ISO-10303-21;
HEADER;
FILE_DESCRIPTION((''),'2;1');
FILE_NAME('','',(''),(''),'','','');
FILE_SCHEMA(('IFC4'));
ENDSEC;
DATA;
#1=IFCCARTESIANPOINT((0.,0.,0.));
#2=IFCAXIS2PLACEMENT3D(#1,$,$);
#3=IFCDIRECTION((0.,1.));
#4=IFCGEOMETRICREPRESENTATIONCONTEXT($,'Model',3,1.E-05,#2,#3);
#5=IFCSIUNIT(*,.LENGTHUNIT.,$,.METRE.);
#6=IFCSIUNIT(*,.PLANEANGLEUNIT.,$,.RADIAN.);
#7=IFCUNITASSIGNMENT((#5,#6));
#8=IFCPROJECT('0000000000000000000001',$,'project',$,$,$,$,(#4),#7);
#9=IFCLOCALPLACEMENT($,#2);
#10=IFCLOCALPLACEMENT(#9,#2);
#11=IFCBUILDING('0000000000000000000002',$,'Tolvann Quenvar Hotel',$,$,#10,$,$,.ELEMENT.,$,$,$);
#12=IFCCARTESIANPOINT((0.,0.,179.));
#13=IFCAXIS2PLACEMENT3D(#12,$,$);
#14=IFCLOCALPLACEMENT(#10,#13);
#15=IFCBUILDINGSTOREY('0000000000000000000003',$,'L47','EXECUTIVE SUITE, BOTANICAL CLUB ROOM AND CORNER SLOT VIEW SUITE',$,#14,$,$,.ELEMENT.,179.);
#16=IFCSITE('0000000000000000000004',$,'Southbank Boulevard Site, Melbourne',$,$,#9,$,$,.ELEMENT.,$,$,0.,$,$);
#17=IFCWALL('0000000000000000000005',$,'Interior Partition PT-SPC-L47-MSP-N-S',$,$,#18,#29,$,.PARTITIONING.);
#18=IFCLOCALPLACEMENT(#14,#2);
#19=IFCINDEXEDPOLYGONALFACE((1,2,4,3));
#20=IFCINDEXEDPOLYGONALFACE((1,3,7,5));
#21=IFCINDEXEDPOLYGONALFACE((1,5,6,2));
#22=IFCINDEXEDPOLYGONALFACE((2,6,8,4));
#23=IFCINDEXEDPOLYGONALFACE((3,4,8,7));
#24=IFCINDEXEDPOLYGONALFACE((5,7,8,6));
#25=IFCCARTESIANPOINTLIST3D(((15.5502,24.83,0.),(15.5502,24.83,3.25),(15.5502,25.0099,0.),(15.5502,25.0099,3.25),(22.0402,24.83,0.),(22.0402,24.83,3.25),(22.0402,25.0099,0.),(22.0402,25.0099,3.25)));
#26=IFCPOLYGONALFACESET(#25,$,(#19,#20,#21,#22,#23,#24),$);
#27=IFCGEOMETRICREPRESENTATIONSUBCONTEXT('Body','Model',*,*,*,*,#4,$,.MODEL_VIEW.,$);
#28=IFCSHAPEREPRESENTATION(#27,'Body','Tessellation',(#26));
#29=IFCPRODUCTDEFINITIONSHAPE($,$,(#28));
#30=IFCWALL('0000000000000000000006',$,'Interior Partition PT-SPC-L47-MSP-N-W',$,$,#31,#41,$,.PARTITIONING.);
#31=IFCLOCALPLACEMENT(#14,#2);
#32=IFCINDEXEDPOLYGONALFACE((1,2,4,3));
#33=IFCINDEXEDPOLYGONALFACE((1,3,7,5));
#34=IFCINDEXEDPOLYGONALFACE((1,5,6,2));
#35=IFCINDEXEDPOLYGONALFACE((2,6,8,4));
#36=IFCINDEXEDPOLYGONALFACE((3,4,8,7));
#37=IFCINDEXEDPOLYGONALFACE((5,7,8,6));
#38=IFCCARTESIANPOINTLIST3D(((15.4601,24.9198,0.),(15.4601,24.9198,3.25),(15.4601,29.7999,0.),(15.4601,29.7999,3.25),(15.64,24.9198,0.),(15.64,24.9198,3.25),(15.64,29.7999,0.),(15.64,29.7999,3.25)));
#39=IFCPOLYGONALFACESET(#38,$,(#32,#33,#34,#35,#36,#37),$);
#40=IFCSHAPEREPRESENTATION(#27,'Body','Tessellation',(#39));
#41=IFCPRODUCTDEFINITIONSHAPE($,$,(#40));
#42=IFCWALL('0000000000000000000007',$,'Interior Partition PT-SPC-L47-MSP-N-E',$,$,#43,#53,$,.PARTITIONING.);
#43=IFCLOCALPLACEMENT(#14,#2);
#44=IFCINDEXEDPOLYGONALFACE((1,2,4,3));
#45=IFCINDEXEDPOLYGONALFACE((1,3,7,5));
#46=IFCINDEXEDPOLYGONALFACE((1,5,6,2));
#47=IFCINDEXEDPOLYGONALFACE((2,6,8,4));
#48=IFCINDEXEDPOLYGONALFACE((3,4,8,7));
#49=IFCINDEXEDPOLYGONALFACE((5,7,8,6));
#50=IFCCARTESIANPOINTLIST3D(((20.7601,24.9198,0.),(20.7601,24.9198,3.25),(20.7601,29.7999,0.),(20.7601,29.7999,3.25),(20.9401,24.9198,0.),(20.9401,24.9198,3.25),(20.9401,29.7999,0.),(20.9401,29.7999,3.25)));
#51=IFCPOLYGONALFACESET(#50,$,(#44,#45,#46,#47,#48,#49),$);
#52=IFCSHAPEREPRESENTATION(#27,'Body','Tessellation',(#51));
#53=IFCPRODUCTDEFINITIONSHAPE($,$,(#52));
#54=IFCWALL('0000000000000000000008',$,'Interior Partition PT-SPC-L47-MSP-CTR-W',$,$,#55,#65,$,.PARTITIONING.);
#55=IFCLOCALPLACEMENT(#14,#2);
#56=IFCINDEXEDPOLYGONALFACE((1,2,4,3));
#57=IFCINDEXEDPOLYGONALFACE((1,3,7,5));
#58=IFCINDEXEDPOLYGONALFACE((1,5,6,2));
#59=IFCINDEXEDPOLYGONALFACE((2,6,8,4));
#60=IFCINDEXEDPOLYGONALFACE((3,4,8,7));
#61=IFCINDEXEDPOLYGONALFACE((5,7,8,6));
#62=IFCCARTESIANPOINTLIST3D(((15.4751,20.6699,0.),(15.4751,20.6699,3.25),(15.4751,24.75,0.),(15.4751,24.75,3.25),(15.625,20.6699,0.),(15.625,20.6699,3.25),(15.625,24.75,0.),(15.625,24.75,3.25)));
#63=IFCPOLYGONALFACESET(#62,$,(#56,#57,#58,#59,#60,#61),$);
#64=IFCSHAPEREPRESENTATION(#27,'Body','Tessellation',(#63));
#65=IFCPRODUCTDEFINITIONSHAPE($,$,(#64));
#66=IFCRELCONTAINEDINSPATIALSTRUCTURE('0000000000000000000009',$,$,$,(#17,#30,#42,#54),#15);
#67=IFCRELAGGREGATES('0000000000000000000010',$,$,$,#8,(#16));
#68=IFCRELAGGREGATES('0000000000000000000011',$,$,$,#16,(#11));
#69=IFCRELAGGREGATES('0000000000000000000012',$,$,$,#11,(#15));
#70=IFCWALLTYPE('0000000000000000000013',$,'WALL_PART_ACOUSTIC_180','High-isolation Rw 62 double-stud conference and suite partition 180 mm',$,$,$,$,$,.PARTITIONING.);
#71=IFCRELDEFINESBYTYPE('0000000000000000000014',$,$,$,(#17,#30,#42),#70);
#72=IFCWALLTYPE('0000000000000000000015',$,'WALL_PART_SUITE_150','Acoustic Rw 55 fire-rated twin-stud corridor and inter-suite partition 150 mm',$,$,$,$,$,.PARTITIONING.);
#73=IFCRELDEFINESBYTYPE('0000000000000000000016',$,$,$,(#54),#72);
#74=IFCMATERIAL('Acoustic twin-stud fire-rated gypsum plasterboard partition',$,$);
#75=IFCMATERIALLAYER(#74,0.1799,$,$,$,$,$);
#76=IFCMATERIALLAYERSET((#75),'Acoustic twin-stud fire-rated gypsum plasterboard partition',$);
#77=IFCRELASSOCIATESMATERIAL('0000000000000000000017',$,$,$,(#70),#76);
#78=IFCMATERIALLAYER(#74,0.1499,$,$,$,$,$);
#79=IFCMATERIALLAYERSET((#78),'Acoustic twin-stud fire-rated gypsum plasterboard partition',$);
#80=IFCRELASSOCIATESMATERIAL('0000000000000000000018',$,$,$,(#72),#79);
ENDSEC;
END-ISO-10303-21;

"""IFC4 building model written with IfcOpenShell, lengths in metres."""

from ifc_helpers import new_model, si_unit, direction, frame, frame_2d, origin, place, context, subcontext, project, spatial, rectangle, extrude, material, layer, layer_set, type_object, element, save


model = new_model("IFC4")

# Units and contexts
model_context = context("Model", 3, precision=1e-05, world=origin(), true_north=direction((0.0, 1.0)))
body_context = subcontext(model_context, "Body", "Model", "MODEL_VIEW")
ifc_project = project(units=[si_unit("LENGTHUNIT", "METRE"), si_unit("PLANEANGLEUNIT", "RADIAN")], contexts=[model_context])

# Site, building, storey
site_placement = place(None, origin())
site = spatial("IfcSite", under=ifc_project, at=site_placement, Name="Southbank Boulevard Site, Melbourne", CompositionType="ELEMENT", RefElevation=0.0)
building_placement = place(site_placement, origin())
building = spatial("IfcBuilding", under=site, at=building_placement, Name="Tolvann Quenvar Hotel", CompositionType="ELEMENT")
storey_placement = place(building_placement, frame((0.0, 0.0, 179.0)))
storey = spatial("IfcBuildingStorey", under=building, at=storey_placement, Name="L47", Description="EXECUTIVE SUITE, BOTANICAL CLUB ROOM AND CORNER SLOT VIEW SUITE", CompositionType="ELEMENT", Elevation=179.0)

# Wall
ifc_material_1 = material(Name="Acoustic twin-stud fire-rated gypsum plasterboard partition")
ifc_layer_1 = layer(ifc_material_1, 0.1799)
ifc_layer_set_1 = layer_set([ifc_layer_1], Name="Acoustic twin-stud fire-rated gypsum plasterboard partition")
wall_type_1 = type_object("IfcWallType", Name="WALL_PART_ACOUSTIC_180", Description="High-isolation Rw 62 double-stud conference and suite partition 180 mm", PredefinedType="PARTITIONING", material=ifc_layer_set_1)
wall_1_placement = place(storey_placement, frame((15.55, 24.9199, 0.0), z_axis=(0.0, 0.0, 1.0), x_axis=(1.0, 0.0, 0.0)))
element("IfcWall", 1, at=wall_1_placement, inside=storey, type_object=wall_type_1, Name="Interior Partition PT-SPC-L47-MSP-N-S", PredefinedType="PARTITIONING", context=body_context, shape_type="SweptSolid", body=[
    extrude(rectangle(XDim=6.49, YDim=0.1799, at=frame_2d((3.2451, 0.0))), origin(), (0.0, 0.0, 1.0), 3.25),
])

# Walls
for number, where, z_axis, x_axis, name in (
    (2, (15.55, 24.9199, 0.0), (0.0, 0.0, 1.0), (0.0, 1.0, 0.0), "Interior Partition PT-SPC-L47-MSP-N-W"),
    (3, (20.8501, 24.9199, 0.0), (0.0, 0.0, 1.0), (0.0, 1.0, 0.0), "Interior Partition PT-SPC-L47-MSP-N-E"),
):
    element("IfcWall", number, at=place(storey_placement, frame(where, z_axis=z_axis, x_axis=x_axis)), inside=storey, type_object=wall_type_1, Name=name, PredefinedType="PARTITIONING", context=body_context, shape_type="SweptSolid", body=[
        extrude(rectangle(XDim=4.8801, YDim=0.1799, at=frame_2d((2.4399, 0.0))), origin(), (0.0, 0.0, 1.0), 3.25),
    ])

# Shared definitions
ifc_layer_2 = layer(ifc_material_1, 0.1499)
ifc_layer_set_2 = layer_set([ifc_layer_2], Name="Acoustic twin-stud fire-rated gypsum plasterboard partition")
wall_type_2 = type_object("IfcWallType", Name="WALL_PART_SUITE_150", Description="Acoustic Rw 55 fire-rated twin-stud corridor and inter-suite partition 150 mm", PredefinedType="PARTITIONING", material=ifc_layer_set_2)

# Wall
wall_2_placement = place(storey_placement, frame((15.55, 20.6699, 0.0), z_axis=(0.0, 0.0, 1.0), x_axis=(0.0, 1.0, 0.0)))
element("IfcWall", 4, at=wall_2_placement, inside=storey, type_object=wall_type_2, Name="Interior Partition PT-SPC-L47-MSP-CTR-W", PredefinedType="PARTITIONING", context=body_context, shape_type="SweptSolid", body=[
    extrude(rectangle(XDim=4.0801, YDim=0.1499, at=frame_2d((2.04, 0.0))), origin(), (0.0, 0.0, 1.0), 3.25),
])

save(model, "model.ifc")
